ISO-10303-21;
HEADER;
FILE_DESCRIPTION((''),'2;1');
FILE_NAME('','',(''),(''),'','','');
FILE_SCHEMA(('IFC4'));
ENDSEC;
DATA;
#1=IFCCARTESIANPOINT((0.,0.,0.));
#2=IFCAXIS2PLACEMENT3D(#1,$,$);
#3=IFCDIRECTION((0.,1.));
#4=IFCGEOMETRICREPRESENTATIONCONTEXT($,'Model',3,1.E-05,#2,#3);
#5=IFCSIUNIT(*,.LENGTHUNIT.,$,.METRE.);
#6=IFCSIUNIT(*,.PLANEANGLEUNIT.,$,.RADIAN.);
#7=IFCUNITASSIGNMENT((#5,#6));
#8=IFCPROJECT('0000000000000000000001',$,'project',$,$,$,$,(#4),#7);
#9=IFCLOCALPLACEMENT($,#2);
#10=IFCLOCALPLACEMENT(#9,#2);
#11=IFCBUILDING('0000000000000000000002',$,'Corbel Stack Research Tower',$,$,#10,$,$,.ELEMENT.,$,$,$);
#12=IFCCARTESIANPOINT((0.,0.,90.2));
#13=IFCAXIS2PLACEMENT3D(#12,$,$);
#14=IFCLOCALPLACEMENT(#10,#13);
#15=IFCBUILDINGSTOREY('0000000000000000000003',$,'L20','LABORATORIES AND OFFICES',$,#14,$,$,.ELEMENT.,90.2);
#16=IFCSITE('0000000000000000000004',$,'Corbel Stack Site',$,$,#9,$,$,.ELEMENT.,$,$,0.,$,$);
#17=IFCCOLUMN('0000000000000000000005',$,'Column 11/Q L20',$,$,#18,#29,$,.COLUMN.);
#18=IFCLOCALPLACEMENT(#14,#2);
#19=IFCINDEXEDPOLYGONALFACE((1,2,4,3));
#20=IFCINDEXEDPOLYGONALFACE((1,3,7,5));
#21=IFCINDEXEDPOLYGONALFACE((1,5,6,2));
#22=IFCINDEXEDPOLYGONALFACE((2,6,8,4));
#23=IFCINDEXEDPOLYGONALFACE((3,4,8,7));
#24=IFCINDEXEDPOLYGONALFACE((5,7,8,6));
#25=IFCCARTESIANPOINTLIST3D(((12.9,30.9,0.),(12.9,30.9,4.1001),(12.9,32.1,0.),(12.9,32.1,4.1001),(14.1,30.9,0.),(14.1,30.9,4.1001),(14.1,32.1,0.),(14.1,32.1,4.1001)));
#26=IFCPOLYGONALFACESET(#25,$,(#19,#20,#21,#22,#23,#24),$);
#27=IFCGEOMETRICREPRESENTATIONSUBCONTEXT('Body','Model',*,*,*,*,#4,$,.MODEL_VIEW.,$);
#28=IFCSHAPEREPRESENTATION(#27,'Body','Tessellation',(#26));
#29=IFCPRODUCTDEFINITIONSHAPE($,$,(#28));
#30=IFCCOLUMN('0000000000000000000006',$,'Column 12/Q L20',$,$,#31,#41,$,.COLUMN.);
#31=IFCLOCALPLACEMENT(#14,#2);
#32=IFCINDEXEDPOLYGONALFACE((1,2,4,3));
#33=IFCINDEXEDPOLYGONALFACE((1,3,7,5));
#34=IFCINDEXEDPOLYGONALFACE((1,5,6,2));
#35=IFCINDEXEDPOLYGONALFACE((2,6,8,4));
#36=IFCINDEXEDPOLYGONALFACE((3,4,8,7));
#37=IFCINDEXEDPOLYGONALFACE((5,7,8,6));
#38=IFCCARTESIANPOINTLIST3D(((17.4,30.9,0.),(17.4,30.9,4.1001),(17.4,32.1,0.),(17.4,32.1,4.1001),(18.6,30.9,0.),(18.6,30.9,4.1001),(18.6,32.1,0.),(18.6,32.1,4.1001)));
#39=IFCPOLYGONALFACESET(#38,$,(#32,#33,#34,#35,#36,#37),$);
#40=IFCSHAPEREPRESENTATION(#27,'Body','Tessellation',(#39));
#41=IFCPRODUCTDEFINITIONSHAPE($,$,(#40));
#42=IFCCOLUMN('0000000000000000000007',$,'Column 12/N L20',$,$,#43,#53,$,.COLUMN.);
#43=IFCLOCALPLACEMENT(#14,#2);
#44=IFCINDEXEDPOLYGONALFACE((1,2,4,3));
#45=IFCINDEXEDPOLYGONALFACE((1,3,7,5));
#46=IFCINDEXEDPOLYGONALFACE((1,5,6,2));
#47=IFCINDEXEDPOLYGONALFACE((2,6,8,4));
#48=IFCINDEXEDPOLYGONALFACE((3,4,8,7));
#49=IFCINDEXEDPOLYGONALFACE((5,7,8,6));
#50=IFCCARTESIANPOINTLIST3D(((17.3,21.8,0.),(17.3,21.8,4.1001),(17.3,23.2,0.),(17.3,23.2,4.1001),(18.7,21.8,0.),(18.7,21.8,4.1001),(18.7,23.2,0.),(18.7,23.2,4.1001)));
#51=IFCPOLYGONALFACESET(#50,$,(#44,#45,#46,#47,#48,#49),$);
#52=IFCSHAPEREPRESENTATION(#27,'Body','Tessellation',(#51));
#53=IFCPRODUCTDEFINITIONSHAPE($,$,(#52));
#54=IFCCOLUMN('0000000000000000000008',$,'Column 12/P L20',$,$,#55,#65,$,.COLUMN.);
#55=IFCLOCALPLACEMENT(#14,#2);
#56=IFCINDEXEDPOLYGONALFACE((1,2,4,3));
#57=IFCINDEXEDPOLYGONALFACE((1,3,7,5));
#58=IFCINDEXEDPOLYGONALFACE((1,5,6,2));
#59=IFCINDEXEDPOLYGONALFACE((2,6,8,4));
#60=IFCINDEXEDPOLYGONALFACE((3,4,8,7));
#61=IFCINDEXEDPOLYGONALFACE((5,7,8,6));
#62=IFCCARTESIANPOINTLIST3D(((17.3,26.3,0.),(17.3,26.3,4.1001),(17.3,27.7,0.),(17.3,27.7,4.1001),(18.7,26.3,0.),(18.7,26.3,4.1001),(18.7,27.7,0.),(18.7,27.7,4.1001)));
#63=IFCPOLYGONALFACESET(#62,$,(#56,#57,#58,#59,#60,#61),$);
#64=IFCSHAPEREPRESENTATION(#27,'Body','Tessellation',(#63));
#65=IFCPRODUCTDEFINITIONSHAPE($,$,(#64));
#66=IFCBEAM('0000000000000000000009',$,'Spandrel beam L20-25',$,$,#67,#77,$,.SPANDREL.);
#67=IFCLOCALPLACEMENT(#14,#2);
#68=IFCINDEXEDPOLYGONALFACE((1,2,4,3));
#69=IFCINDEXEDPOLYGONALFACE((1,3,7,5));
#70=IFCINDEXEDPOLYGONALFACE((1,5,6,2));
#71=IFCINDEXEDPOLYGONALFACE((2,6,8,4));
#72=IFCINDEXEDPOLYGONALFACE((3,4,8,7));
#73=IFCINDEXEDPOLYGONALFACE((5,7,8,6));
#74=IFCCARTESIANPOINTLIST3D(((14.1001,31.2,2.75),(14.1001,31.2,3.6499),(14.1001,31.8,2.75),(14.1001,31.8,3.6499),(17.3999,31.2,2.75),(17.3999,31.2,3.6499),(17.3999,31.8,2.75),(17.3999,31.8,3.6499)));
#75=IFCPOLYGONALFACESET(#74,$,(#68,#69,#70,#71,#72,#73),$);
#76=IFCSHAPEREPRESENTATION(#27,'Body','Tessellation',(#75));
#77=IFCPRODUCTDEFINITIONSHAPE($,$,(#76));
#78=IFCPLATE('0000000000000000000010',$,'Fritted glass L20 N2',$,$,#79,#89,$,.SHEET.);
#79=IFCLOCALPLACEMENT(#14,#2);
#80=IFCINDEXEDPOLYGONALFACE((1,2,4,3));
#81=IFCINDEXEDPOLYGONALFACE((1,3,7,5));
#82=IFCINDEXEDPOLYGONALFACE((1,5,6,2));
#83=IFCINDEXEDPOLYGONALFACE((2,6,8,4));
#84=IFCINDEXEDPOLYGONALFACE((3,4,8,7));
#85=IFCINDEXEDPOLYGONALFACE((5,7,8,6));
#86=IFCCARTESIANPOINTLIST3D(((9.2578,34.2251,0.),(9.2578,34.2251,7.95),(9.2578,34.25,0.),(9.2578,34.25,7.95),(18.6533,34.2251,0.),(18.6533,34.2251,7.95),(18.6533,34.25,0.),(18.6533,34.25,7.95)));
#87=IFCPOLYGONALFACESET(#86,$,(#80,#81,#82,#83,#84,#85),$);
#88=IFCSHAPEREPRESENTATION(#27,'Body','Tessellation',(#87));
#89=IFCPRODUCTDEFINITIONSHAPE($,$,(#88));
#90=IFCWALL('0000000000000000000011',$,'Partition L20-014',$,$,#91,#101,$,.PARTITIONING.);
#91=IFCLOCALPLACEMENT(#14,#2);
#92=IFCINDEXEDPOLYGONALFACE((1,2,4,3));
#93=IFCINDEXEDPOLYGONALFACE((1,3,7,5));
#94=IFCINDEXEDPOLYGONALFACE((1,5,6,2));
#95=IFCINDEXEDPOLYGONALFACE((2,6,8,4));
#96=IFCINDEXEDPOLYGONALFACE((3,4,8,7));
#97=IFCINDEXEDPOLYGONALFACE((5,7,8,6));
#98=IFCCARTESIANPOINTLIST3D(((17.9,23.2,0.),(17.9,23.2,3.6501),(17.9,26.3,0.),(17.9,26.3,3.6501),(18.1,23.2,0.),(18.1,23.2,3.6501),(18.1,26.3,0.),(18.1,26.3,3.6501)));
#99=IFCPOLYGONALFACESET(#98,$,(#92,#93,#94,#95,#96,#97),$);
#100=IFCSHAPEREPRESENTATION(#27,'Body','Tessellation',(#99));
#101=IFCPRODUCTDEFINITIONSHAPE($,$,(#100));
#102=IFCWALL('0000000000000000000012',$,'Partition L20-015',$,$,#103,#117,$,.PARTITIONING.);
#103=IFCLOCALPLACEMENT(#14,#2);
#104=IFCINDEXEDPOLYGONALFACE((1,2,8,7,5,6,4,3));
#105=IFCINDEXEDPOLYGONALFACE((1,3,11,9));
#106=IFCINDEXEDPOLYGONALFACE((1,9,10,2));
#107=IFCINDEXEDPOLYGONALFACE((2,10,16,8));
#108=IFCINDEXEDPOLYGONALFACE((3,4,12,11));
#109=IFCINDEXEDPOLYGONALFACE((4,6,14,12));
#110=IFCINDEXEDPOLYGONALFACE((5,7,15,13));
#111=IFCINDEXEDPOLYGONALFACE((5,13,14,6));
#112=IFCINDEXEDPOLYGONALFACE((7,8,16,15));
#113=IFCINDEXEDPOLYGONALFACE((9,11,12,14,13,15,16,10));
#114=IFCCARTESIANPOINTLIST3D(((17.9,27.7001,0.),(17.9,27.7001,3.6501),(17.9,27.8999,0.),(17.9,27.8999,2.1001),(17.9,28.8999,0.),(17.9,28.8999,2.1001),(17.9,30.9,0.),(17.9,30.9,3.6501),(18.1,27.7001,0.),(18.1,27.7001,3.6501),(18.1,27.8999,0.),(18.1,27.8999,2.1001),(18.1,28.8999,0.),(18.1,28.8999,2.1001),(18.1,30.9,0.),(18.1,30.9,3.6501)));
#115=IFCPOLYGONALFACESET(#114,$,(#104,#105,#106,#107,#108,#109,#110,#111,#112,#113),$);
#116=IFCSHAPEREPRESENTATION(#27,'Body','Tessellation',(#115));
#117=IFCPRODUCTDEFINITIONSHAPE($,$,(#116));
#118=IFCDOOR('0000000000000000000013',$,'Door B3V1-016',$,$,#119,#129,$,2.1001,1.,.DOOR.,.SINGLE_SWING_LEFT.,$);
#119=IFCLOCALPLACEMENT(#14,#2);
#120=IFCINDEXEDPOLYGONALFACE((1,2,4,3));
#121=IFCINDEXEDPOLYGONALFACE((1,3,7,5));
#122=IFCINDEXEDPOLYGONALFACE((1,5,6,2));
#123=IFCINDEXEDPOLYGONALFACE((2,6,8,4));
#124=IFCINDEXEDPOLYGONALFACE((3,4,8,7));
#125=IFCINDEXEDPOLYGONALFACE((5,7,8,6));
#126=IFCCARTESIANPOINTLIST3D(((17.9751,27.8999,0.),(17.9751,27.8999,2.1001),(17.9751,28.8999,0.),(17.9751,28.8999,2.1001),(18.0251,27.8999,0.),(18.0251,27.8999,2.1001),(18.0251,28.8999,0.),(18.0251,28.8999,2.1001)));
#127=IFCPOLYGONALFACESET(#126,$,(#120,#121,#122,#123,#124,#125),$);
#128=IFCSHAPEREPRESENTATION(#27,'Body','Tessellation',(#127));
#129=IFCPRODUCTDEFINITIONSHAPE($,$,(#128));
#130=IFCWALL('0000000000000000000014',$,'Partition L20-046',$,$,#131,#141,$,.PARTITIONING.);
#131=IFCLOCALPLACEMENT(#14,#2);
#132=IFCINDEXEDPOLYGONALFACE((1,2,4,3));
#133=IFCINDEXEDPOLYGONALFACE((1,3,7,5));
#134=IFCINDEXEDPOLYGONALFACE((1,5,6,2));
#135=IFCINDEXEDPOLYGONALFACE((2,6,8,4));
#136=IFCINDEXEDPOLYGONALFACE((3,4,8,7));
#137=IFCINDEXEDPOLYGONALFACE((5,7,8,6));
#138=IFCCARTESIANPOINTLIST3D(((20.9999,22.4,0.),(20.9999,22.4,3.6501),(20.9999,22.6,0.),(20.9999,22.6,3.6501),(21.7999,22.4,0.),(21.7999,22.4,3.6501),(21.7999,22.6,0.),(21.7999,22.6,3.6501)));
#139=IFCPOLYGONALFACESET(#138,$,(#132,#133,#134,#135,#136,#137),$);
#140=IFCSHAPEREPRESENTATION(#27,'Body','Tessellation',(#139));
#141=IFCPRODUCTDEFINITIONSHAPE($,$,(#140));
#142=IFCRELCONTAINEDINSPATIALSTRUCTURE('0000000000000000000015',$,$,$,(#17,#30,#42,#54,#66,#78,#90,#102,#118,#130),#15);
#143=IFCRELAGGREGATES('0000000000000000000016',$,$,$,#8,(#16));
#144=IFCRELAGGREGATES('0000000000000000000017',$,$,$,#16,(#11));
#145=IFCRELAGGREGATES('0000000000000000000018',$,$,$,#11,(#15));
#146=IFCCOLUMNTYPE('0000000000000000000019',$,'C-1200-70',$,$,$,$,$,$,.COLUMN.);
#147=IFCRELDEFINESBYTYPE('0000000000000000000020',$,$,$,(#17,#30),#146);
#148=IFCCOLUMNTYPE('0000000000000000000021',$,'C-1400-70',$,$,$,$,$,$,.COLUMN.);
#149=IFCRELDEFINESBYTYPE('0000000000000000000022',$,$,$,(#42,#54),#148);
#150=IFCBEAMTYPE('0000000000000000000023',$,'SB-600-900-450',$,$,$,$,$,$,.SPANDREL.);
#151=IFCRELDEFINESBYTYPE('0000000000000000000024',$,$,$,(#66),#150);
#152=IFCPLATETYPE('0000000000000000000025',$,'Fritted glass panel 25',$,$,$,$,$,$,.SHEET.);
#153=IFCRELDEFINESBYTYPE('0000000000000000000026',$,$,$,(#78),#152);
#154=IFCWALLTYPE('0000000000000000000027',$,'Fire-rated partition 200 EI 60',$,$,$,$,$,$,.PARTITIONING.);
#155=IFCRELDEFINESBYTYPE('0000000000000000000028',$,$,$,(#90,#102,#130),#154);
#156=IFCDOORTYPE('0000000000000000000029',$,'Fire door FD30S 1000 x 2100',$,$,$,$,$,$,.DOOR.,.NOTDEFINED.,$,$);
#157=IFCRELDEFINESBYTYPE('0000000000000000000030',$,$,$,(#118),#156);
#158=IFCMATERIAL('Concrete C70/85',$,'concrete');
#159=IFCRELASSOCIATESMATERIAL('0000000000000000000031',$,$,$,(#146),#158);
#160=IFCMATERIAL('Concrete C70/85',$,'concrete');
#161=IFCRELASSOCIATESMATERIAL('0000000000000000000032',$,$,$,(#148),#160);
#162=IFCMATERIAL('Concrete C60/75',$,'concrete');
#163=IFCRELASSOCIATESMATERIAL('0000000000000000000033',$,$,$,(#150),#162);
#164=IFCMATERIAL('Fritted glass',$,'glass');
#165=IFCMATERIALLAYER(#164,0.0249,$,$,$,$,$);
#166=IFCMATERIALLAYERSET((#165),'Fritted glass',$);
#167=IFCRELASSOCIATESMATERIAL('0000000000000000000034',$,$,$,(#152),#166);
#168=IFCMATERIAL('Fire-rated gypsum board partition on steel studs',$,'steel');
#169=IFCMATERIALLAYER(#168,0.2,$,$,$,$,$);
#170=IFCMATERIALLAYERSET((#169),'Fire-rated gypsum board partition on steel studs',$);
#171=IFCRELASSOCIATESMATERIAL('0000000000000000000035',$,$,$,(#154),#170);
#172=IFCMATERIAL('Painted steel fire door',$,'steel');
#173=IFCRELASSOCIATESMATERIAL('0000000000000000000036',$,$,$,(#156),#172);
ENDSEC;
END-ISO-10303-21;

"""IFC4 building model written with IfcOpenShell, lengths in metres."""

from ifc_helpers import new_model, si_unit, direction, frame, frame_2d, origin, origin_2d, place, context, subcontext, project, spatial, rectangle, extrude, material, layer, layer_set, material_profile, profile_set, type_object, element, fill, save


model = new_model("IFC4")

# Units and contexts
model_context = context("Model", 3, precision=1e-05, world=origin(), true_north=direction((0.0, 1.0)))
body_context = subcontext(model_context, "Body", "Model", "MODEL_VIEW")
ifc_project = project(units=[si_unit("LENGTHUNIT", "METRE"), si_unit("PLANEANGLEUNIT", "RADIAN")], contexts=[model_context])

# Site, building, storey
site_placement = place(None, origin())
site = spatial("IfcSite", under=ifc_project, at=site_placement, Name="Corbel Stack Site", CompositionType="ELEMENT", RefElevation=0.0)
building_placement = place(site_placement, origin())
building = spatial("IfcBuilding", under=site, at=building_placement, Name="Corbel Stack Research Tower", CompositionType="ELEMENT")
storey_placement = place(building_placement, frame((0.0, 0.0, 90.2)))
storey = spatial("IfcBuildingStorey", under=building, at=storey_placement, Name="L20", Description="LABORATORIES AND OFFICES", CompositionType="ELEMENT", Elevation=90.2)

# Columns
ifc_material_1 = material(Name="Concrete C70/85", Category="concrete")
ifc_material_profile_1 = material_profile(ifc_material_1, rectangle(XDim=1.2, YDim=1.2, at=origin_2d()), Name="RC 1200 x 1200")
ifc_profile_set_1 = profile_set([ifc_material_profile_1], Name="Concrete C70/85")
column_type_1 = type_object("IfcColumnType", Name="C-1200-70", PredefinedType="COLUMN", material=ifc_profile_set_1)
for number, where, z_axis, x_axis, name in (
    (1, (13.5, 31.5, 0.0), (0.0, 0.0, 1.0), (1.0, 0.0, 0.0), "Column 11/Q L20"),
    (2, (18.0, 31.5, 0.0), (0.0, 0.0, 1.0), (1.0, 0.0, 0.0), "Column 12/Q L20"),
):
    element("IfcColumn", number, at=place(storey_placement, frame(where, z_axis=z_axis, x_axis=x_axis)), inside=storey, type_object=column_type_1, Name=name, PredefinedType="COLUMN", context=body_context, shape_type="SweptSolid", body=[
        extrude(rectangle(XDim=1.2, YDim=1.2, at=origin_2d()), origin(), (0.0, 0.0, 1.0), 4.1001),
    ])
ifc_material_2 = material(Name="Concrete C70/85", Category="concrete")
ifc_material_profile_2 = material_profile(ifc_material_2, rectangle(XDim=1.3999, YDim=1.3999, at=origin_2d()), Name="RC 1400 x 1400")
ifc_profile_set_2 = profile_set([ifc_material_profile_2], Name="Concrete C70/85")
column_type_2 = type_object("IfcColumnType", Name="C-1400-70", PredefinedType="COLUMN", material=ifc_profile_set_2)
for number, where, z_axis, x_axis, name in (
    (3, (18.0, 22.5, 0.0), (0.0, 0.0, 1.0), (1.0, 0.0, 0.0), "Column 12/N L20"),
    (4, (18.0, 27.0, 0.0), (0.0, 0.0, 1.0), (1.0, 0.0, 0.0), "Column 12/P L20"),
):
    element("IfcColumn", number, at=place(storey_placement, frame(where, z_axis=z_axis, x_axis=x_axis)), inside=storey, type_object=column_type_2, Name=name, PredefinedType="COLUMN", context=body_context, shape_type="SweptSolid", body=[
        extrude(rectangle(XDim=1.3999, YDim=1.3999, at=origin_2d()), origin(), (0.0, 0.0, 1.0), 4.1001),
    ])

# Beam
ifc_material_3 = material(Name="Concrete C60/75", Category="concrete")
ifc_material_profile_3 = material_profile(ifc_material_3, rectangle(XDim=0.6001, YDim=0.8999, at=origin_2d()), Name="RC 600 x 900")
ifc_profile_set_3 = profile_set([ifc_material_profile_3], Name="Concrete C60/75")
beam_type = type_object("IfcBeamType", Name="SB-600-900-450", PredefinedType="SPANDREL", material=ifc_profile_set_3)
beam_placement = place(storey_placement, frame((17.3999, 31.5, 3.2), z_axis=(-1.0, 0.0, 0.0), x_axis=(0.0, -1.0, 0.0)))
element("IfcBeam", 5, at=beam_placement, inside=storey, type_object=beam_type, Name="Spandrel beam L20-25", PredefinedType="SPANDREL", context=body_context, shape_type="SweptSolid", body=[
    extrude(rectangle(XDim=0.6001, YDim=0.8999, at=origin_2d()), origin(), (0.0, 0.0, 1.0), 3.2998),
])

# Plate
ifc_material_4 = material(Name="Fritted glass", Category="glass")
ifc_layer_1 = layer(ifc_material_4, 0.0249)
ifc_layer_set_1 = layer_set([ifc_layer_1], Name="Fritted glass")
plate_type = type_object("IfcPlateType", Name="Fritted glass panel 25", PredefinedType="SHEET", material=ifc_layer_set_1)
plate_placement = place(storey_placement, frame((13.9556, 34.2375, 0.0), z_axis=(0.0, 0.0, 1.0), x_axis=(-1.0, 0.0, 0.0)))
element("IfcPlate", 6, at=plate_placement, inside=storey, type_object=plate_type, Name="Fritted glass L20 N2", PredefinedType="SHEET", context=body_context, shape_type="SweptSolid", body=[
    extrude(rectangle(XDim=9.3955, YDim=0.0249, at=origin_2d()), origin(), (0.0, 0.0, 1.0), 7.95),
])

# Wall
ifc_material_5 = material(Name="Fire-rated gypsum board partition on steel studs", Category="steel")
ifc_layer_2 = layer(ifc_material_5, 0.2)
ifc_layer_set_2 = layer_set([ifc_layer_2], Name="Fire-rated gypsum board partition on steel studs")
wall_type_1 = type_object("IfcWallType", Name="Fire-rated partition 200 EI 60", PredefinedType="PARTITIONING", material=ifc_layer_set_2)
wall_1_placement = place(storey_placement, frame((18.0, 23.2, 0.0), z_axis=(0.0, 0.0, 1.0), x_axis=(0.0, 1.0, 0.0)))
element("IfcWall", 7, at=wall_1_placement, inside=storey, type_object=wall_type_1, Name="Partition L20-014", PredefinedType="PARTITIONING", context=body_context, shape_type="SweptSolid", body=[
    extrude(rectangle(XDim=3.1001, YDim=0.2, at=frame_2d((1.55, 0.0))), origin(), (0.0, 0.0, 1.0), 3.6501),
])

# Wall, opening, door
wall_2_placement = place(storey_placement, frame((18.0, 27.7, 0.0), z_axis=(0.0, 0.0, 1.0), x_axis=(0.0, 1.0, 0.0)))
wall_2 = element("IfcWall", 8, at=wall_2_placement, inside=storey, type_object=wall_type_1, Name="Partition L20-015", PredefinedType="PARTITIONING", context=body_context, shape_type="SweptSolid", body=[
    extrude(rectangle(XDim=3.2, YDim=0.2, at=frame_2d((1.6001, 0.0))), origin(), (0.0, 0.0, 1.0), 3.6501),
])
opening_1_placement = place(wall_2_placement, frame((0.2, 0.0, 0.0)))
opening_1 = element("IfcOpeningElement", 9, at=opening_1_placement, cuts=wall_2, PredefinedType="OPENING", context=body_context, shape_type="SweptSolid", body=[
    extrude(rectangle(XDim=1.0, YDim=2.1001, at=frame_2d((0.5, 1.05))), frame((0.0, 0.1099, 0.0), z_axis=(0.0, -1.0, 0.0), x_axis=(1.0, 0.0, 0.0)), (0.0, 0.0, 1.0), 0.22),
])
ifc_material_6 = material(Name="Painted steel fire door", Category="steel")
door_type_1 = type_object("IfcDoorType", Name="Fire door FD30S 1000 x 2100", OperationType="NOTDEFINED", PredefinedType="DOOR", material=ifc_material_6)
door_1_placement = place(opening_1_placement, origin())
door_1 = element("IfcDoor", 10, at=door_1_placement, inside=storey, type_object=door_type_1, Name="Door B3V1-016", OperationType="SINGLE_SWING_LEFT", OverallHeight=2.1001, OverallWidth=1.0, PredefinedType="DOOR", context=body_context, shape_type="SweptSolid", body=[
    extrude(rectangle(XDim=1.0, YDim=2.1001, at=frame_2d((0.5, 1.05))), frame((0.0, 0.0249, 0.0), z_axis=(0.0, -1.0, 0.0), x_axis=(1.0, 0.0, 0.0)), (0.0, 0.0, 1.0), 0.05),
])
fill(opening_1, door_1)

# Wall
wall_3_placement = place(storey_placement, frame((21.0, 22.5, 0.0), z_axis=(0.0, 0.0, 1.0), x_axis=(1.0, 0.0, 0.0)))
element("IfcWall", 11, at=wall_3_placement, inside=storey, type_object=wall_type_1, Name="Partition L20-046", PredefinedType="PARTITIONING", context=body_context, shape_type="SweptSolid", body=[
    extrude(rectangle(XDim=0.8, YDim=0.2, at=frame_2d((0.3999, 0.0))), origin(), (0.0, 0.0, 1.0), 3.6501),
])

save(model, "model.ifc")
